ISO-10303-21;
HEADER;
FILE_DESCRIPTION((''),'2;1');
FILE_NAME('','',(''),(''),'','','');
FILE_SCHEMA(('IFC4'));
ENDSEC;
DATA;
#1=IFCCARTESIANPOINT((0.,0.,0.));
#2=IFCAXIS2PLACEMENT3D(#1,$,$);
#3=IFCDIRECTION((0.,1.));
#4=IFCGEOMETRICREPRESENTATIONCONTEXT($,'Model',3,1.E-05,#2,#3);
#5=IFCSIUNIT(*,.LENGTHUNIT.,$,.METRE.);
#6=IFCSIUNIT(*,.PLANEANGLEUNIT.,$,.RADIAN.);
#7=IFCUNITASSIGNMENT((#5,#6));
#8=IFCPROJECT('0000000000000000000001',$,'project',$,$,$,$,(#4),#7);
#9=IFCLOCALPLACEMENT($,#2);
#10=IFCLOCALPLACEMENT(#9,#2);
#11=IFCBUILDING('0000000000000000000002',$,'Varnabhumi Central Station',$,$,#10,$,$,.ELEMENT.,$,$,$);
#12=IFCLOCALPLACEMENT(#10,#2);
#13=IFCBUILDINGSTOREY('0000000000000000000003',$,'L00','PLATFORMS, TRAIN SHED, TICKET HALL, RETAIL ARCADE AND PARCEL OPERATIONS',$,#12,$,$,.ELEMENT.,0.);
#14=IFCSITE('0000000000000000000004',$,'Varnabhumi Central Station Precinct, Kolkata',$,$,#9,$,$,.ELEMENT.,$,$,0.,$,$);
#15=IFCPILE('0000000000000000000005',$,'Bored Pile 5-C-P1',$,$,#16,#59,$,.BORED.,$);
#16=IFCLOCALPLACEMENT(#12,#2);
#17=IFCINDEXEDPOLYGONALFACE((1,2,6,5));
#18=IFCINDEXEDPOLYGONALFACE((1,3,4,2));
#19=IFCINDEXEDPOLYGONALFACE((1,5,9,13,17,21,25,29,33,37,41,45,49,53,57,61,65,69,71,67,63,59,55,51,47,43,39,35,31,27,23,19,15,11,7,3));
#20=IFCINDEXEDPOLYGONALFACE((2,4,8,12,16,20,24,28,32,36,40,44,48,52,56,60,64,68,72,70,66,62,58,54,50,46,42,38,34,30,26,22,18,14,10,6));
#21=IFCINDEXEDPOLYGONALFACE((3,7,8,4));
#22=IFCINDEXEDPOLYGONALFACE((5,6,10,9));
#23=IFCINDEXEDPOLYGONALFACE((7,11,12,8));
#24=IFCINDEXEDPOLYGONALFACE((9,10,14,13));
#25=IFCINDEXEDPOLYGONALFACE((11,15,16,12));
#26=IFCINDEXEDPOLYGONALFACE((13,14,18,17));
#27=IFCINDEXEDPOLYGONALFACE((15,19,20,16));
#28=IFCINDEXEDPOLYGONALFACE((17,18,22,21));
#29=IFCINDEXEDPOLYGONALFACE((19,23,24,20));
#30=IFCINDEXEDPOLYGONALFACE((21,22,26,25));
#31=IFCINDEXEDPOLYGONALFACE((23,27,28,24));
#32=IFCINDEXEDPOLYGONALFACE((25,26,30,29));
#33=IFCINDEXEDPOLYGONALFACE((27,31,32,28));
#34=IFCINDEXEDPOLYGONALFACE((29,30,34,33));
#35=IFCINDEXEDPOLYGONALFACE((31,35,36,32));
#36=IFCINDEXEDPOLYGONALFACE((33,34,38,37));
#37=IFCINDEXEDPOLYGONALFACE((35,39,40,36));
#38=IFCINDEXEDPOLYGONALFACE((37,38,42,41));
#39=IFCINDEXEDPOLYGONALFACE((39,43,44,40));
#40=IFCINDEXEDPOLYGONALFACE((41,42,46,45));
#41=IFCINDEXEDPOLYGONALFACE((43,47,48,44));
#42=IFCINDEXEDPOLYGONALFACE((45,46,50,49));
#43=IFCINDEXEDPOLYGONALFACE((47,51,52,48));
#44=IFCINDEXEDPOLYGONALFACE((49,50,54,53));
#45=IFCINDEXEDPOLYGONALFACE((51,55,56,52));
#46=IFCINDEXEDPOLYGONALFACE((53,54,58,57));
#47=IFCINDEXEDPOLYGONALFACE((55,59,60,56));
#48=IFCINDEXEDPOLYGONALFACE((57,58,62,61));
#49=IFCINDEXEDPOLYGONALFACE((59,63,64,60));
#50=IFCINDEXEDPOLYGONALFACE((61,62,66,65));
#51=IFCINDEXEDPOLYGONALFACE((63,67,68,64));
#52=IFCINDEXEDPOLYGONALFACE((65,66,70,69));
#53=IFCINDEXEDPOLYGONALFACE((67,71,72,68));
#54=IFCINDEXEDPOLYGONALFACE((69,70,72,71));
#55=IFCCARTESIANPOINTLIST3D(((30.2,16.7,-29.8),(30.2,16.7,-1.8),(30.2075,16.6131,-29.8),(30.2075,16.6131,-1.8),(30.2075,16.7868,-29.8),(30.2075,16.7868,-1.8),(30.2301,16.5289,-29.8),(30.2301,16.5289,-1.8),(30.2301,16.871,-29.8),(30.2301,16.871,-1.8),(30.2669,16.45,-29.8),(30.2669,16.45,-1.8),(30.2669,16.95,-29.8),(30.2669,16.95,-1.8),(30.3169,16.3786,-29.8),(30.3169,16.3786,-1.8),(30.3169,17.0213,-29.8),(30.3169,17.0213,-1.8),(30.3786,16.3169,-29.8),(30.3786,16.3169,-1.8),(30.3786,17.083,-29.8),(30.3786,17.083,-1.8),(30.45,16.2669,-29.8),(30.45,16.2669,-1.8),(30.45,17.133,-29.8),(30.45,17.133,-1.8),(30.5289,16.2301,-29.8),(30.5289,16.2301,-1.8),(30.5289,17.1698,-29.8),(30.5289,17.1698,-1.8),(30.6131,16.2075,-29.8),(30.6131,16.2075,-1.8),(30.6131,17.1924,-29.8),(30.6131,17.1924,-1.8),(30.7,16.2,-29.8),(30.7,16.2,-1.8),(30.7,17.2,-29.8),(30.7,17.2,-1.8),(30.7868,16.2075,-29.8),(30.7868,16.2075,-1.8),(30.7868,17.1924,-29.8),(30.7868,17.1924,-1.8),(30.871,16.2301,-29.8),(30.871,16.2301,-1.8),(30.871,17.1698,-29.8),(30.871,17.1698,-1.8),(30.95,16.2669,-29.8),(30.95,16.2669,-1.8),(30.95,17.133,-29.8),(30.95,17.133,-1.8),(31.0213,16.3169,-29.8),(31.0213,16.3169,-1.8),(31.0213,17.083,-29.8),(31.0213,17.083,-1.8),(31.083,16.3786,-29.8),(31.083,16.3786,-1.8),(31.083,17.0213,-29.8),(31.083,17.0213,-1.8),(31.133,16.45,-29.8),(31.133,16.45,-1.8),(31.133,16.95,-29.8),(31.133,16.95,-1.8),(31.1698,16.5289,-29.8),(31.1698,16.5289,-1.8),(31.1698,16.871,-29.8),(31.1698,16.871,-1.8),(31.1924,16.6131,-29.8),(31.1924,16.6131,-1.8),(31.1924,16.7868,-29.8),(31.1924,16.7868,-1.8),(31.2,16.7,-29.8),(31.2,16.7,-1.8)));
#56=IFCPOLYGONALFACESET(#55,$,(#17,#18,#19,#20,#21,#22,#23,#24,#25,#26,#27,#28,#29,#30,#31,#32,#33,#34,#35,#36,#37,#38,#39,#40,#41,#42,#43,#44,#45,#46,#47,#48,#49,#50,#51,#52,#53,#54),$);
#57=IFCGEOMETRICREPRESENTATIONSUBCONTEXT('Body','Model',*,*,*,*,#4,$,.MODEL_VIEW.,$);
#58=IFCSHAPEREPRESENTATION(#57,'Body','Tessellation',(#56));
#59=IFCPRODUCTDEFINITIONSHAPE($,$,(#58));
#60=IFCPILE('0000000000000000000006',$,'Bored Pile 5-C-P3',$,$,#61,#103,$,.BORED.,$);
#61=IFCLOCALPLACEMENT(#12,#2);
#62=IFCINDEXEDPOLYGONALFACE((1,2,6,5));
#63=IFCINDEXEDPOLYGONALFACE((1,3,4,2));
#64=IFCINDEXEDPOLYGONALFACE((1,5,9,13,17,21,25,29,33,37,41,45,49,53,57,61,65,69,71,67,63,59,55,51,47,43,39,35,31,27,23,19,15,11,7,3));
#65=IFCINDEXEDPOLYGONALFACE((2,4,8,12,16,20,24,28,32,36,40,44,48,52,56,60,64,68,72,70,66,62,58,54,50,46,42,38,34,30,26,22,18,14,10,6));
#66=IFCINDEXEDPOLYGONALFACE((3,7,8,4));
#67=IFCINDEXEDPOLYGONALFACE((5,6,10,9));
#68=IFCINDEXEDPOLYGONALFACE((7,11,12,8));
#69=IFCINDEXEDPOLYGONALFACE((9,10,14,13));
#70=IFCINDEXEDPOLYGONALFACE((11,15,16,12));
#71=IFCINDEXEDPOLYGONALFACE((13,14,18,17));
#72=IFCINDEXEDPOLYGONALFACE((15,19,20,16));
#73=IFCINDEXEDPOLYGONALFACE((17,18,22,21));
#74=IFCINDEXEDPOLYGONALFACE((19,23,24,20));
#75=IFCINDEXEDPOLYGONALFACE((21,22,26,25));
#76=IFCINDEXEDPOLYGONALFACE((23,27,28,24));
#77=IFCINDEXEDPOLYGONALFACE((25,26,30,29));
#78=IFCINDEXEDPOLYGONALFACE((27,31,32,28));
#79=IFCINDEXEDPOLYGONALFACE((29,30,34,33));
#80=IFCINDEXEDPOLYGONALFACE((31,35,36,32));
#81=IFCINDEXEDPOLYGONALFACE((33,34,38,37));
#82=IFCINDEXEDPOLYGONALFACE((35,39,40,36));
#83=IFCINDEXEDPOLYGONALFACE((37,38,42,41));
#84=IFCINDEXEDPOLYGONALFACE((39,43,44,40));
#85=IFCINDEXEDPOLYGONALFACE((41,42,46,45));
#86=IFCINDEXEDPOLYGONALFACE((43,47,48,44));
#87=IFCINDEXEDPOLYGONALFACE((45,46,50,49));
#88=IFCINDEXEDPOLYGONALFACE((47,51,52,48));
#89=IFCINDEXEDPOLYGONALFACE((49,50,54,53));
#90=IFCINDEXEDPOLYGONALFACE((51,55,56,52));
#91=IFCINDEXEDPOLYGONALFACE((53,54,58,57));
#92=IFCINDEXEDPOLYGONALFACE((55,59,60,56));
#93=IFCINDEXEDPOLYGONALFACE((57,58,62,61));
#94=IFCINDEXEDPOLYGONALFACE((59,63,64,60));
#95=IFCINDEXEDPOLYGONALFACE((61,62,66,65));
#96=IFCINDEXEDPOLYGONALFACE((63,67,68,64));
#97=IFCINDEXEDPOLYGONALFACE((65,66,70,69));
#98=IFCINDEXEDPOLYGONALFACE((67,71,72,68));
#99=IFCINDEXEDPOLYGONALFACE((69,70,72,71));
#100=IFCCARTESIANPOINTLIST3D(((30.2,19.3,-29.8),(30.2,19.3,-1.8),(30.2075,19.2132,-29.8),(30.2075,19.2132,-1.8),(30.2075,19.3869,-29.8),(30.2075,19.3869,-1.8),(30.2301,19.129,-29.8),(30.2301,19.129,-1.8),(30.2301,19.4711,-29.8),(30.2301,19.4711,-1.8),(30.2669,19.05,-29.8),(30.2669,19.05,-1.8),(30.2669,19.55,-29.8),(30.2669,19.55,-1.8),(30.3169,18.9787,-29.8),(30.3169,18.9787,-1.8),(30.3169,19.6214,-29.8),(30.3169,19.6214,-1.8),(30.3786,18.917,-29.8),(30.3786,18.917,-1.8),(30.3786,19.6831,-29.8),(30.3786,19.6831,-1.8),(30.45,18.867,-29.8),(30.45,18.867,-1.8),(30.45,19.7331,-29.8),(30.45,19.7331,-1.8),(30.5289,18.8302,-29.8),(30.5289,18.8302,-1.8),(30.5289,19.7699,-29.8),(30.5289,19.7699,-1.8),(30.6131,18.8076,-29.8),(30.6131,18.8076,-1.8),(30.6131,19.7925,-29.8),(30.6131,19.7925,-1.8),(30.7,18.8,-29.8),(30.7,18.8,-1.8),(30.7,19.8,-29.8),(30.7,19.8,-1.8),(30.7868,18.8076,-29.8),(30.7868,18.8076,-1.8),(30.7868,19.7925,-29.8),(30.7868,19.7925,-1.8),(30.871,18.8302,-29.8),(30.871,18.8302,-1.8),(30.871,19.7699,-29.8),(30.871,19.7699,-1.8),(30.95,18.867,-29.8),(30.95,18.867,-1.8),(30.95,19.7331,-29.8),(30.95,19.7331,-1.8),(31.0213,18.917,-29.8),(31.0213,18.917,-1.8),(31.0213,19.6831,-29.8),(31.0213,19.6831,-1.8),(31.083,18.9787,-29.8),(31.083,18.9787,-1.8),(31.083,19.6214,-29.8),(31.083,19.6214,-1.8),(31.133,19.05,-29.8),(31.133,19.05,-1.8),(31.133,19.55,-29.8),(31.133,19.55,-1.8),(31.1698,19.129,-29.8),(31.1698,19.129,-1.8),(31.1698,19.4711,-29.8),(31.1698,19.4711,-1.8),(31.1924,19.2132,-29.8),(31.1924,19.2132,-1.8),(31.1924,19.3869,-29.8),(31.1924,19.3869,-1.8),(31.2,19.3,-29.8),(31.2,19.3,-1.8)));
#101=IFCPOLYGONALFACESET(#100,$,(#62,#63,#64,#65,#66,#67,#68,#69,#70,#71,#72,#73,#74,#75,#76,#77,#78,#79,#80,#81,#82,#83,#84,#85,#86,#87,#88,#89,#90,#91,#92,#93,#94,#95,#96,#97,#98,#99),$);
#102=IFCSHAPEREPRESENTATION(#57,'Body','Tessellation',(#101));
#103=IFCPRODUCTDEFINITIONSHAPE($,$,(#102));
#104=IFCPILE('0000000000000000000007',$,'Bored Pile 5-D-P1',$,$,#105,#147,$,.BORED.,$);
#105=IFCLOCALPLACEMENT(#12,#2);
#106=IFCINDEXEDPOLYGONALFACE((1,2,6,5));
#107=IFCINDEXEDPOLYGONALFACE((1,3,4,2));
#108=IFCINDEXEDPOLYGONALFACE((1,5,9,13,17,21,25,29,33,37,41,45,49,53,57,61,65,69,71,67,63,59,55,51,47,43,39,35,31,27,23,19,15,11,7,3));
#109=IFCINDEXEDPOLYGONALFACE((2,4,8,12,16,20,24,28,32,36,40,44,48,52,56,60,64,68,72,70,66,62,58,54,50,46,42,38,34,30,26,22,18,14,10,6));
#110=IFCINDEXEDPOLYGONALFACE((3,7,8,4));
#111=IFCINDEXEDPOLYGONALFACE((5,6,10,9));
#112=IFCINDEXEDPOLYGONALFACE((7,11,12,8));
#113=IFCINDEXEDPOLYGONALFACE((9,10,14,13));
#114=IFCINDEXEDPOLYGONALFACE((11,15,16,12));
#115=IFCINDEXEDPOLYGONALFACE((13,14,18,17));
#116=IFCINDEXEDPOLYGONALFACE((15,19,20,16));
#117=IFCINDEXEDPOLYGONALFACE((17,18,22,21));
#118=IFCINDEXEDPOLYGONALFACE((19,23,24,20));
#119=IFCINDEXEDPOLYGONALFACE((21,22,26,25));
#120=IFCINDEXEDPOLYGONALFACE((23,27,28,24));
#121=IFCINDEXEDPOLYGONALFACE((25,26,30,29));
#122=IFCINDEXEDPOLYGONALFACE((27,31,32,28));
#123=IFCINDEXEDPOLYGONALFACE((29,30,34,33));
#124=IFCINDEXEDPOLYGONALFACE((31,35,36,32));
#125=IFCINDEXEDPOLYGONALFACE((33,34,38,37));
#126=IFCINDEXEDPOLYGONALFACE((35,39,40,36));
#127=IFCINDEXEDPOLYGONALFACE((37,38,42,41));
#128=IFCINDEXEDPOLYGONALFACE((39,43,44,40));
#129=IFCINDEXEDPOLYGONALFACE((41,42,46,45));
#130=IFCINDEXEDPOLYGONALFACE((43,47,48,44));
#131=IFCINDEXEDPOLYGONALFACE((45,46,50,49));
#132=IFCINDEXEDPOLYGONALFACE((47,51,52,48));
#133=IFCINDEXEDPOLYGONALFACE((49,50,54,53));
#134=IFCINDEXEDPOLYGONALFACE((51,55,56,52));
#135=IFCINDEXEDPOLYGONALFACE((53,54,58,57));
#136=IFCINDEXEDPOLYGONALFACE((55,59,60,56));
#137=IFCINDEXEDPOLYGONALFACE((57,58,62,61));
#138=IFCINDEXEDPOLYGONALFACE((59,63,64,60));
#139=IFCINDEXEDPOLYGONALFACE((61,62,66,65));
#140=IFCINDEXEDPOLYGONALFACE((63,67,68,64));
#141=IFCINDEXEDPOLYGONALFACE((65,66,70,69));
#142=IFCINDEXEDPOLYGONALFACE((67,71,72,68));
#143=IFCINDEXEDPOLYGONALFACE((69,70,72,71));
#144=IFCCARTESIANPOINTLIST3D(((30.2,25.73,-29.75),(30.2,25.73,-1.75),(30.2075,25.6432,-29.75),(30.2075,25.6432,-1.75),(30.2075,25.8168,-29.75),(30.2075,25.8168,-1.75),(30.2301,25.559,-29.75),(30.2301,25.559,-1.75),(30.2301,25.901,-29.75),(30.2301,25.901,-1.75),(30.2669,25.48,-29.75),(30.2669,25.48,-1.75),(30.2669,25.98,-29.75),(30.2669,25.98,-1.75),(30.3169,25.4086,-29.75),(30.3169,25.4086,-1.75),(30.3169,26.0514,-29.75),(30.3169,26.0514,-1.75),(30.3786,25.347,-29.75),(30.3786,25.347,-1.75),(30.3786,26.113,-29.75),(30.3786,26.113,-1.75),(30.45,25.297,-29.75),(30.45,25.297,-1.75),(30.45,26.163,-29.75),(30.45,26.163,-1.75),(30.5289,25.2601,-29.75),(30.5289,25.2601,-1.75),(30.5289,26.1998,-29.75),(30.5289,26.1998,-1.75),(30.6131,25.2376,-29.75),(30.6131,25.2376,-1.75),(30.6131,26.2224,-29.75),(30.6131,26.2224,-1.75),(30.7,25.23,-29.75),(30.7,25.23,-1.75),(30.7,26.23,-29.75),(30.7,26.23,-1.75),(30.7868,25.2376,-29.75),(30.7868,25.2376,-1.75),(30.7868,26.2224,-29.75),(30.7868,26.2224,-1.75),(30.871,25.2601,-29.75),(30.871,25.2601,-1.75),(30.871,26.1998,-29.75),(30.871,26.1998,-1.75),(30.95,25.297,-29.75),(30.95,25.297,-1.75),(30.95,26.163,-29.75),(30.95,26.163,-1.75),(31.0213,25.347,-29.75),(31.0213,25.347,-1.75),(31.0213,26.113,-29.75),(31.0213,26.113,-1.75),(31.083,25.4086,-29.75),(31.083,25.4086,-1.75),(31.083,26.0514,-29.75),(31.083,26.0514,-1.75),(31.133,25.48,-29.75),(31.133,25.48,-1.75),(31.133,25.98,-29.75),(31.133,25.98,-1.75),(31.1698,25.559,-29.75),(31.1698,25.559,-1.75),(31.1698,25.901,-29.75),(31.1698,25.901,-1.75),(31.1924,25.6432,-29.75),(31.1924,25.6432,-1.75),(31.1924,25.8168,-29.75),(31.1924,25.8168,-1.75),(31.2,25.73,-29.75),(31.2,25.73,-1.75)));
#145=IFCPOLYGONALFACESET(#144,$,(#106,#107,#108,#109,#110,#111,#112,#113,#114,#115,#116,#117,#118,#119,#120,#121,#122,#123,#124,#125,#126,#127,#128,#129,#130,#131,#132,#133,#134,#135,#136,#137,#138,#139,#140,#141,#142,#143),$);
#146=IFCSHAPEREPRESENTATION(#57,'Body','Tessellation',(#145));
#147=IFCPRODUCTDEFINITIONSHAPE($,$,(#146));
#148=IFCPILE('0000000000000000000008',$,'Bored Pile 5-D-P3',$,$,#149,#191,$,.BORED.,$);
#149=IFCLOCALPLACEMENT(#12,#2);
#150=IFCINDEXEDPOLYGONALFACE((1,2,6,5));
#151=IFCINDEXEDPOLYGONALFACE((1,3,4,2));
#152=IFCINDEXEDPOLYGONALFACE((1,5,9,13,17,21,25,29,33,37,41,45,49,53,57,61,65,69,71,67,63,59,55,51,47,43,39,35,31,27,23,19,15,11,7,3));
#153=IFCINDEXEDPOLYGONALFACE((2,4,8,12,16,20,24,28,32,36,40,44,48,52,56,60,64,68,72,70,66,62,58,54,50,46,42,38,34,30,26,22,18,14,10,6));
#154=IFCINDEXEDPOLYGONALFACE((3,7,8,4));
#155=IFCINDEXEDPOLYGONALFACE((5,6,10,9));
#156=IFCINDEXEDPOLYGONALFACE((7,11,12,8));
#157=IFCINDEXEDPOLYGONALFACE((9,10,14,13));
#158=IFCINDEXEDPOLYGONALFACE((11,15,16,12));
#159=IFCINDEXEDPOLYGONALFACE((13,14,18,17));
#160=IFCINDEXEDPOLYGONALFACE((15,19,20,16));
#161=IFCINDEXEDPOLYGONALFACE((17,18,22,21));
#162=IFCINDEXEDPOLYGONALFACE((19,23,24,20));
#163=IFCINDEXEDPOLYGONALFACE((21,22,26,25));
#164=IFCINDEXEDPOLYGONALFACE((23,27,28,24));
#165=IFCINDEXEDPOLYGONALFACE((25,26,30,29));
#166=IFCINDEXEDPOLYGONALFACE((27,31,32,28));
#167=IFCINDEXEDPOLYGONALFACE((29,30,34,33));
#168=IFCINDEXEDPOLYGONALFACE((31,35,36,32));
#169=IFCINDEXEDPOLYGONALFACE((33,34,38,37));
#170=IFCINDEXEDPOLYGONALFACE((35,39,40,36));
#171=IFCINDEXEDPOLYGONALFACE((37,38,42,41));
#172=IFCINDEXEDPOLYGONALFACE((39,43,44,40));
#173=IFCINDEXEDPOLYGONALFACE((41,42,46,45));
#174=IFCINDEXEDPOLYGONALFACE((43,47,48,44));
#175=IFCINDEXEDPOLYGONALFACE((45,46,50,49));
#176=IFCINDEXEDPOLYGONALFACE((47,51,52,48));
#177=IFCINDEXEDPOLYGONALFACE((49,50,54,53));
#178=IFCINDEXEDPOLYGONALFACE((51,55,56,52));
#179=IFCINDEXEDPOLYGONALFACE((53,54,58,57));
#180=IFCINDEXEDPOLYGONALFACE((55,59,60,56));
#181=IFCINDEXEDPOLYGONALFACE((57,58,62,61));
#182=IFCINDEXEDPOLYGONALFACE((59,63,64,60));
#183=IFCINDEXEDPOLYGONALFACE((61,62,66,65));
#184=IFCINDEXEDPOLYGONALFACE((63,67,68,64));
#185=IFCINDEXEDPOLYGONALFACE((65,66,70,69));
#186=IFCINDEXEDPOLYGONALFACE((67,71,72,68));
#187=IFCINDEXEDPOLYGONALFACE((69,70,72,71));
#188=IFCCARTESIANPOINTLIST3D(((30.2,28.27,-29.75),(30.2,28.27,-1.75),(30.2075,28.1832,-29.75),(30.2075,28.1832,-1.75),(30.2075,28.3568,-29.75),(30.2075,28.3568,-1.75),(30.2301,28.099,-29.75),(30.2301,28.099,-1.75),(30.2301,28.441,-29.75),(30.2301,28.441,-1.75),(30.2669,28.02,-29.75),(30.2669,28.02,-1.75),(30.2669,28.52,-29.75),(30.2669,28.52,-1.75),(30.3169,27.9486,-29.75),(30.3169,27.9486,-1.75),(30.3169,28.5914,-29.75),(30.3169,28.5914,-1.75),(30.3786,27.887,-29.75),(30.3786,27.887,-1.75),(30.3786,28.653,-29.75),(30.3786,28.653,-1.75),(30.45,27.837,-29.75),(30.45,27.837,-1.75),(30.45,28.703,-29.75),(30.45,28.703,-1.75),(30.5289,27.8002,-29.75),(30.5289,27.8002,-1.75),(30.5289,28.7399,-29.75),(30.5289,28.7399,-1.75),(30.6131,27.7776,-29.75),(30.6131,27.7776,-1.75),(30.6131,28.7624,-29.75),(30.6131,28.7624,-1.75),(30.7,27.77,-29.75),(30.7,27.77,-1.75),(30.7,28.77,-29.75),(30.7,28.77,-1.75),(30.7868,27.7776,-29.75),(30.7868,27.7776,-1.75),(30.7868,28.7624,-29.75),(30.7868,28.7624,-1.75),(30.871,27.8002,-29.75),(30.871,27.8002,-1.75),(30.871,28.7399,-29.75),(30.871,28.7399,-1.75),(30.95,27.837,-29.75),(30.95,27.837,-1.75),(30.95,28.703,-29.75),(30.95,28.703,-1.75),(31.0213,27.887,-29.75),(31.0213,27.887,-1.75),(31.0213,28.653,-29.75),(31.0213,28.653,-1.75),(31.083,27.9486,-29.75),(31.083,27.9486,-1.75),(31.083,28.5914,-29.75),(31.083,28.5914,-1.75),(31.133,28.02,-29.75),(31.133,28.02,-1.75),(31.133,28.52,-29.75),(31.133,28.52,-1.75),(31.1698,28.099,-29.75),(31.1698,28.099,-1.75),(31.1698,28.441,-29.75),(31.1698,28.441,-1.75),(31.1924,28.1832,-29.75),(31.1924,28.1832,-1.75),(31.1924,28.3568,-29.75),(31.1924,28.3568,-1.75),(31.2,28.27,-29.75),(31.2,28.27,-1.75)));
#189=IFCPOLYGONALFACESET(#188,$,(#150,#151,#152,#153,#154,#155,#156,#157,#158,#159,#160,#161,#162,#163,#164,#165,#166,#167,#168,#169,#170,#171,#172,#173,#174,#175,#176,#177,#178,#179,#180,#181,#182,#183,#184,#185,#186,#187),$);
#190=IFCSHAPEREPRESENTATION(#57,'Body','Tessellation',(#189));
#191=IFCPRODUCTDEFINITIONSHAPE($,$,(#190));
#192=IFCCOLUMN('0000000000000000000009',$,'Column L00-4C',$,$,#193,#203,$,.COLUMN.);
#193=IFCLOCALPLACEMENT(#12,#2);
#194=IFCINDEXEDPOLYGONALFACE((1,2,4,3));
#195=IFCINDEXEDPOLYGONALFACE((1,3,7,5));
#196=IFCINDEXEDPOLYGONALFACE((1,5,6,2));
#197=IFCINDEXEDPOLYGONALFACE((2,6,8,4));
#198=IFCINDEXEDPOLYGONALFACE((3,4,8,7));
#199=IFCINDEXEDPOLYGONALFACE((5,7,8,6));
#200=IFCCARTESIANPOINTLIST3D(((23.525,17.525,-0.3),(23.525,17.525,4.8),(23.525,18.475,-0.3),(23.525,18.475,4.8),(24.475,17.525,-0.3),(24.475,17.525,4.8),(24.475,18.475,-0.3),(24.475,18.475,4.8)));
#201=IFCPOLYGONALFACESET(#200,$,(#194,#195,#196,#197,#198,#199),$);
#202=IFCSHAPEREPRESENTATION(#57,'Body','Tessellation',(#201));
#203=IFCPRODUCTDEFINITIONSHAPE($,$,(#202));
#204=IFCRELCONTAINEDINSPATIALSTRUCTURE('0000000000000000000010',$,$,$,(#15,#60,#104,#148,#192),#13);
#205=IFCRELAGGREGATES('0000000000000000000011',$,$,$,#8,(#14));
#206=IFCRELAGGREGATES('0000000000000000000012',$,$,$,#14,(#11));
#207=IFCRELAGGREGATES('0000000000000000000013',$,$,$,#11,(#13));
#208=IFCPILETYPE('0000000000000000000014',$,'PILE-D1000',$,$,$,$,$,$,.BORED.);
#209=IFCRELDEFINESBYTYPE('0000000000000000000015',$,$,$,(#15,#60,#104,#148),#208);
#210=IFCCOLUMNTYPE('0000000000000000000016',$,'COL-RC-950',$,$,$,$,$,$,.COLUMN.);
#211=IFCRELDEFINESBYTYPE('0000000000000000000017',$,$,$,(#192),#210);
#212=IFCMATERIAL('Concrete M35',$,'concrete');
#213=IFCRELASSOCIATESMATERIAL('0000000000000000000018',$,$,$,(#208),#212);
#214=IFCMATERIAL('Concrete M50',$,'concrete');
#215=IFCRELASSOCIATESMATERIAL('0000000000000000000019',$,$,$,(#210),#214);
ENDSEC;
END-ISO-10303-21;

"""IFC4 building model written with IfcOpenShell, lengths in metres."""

from ifc_helpers import new_model, si_unit, direction, frame, origin, origin_2d, place, context, subcontext, project, spatial, rectangle, circle, extrude, material, material_profile, profile_set, type_object, element, save


model = new_model("IFC4")

# Units and contexts
model_context = context("Model", 3, precision=1e-05, world=origin(), true_north=direction((0.0, 1.0)))
body_context = subcontext(model_context, "Body", "Model", "MODEL_VIEW")
ifc_project = project(units=[si_unit("LENGTHUNIT", "METRE"), si_unit("PLANEANGLEUNIT", "RADIAN")], contexts=[model_context])

# Site, building, storey
site_placement = place(None, origin())
site = spatial("IfcSite", under=ifc_project, at=site_placement, Name="Varnabhumi Central Station Precinct, Kolkata", CompositionType="ELEMENT", RefElevation=0.0)
building_placement = place(site_placement, origin())
building = spatial("IfcBuilding", under=site, at=building_placement, Name="Varnabhumi Central Station", CompositionType="ELEMENT")
storey_placement = place(building_placement, origin())
storey = spatial("IfcBuildingStorey", under=building, at=storey_placement, Name="L00", Description="PLATFORMS, TRAIN SHED, TICKET HALL, RETAIL ARCADE AND PARCEL OPERATIONS", CompositionType="ELEMENT", Elevation=0.0)

# Piles
ifc_material_1 = material(Name="Concrete M35", Category="concrete")
ifc_material_profile_1 = material_profile(ifc_material_1, circle(Radius=0.5, at=origin_2d()), Name="Concrete M35", Category="concrete")
ifc_profile_set_1 = profile_set([ifc_material_profile_1], Name="Concrete M35")
pile_type = type_object("IfcPileType", Name="PILE-D1000", PredefinedType="BORED", material=ifc_profile_set_1)
for number, where, z_axis, x_axis, name in (
    (1, (30.7, 16.7, -1.8), (0.0, 0.0, -1.0), (1.0, 0.0, 0.0), "Bored Pile 5-C-P1"),
    (2, (30.7, 19.3, -1.8), (0.0, 0.0, -1.0), (1.0, 0.0, 0.0), "Bored Pile 5-C-P3"),
    (3, (30.7, 25.73, -1.75), (0.0, 0.0, -1.0), (1.0, 0.0, 0.0), "Bored Pile 5-D-P1"),
    (4, (30.7, 28.27, -1.75), (0.0, 0.0, -1.0), (1.0, 0.0, 0.0), "Bored Pile 5-D-P3"),
):
    element("IfcPile", number, at=place(storey_placement, frame(where, z_axis=z_axis, x_axis=x_axis)), inside=storey, type_object=pile_type, Name=name, PredefinedType="BORED", context=body_context, shape_type="SweptSolid", body=[
        extrude(circle(Radius=0.5, at=origin_2d()), origin(), (0.0, 0.0, 1.0), 28.0),
    ])

# Column
ifc_material_2 = material(Name="Concrete M50", Category="concrete")
ifc_material_profile_2 = material_profile(ifc_material_2, rectangle(XDim=0.95, YDim=0.95, at=origin_2d()), Name="Concrete M50", Category="concrete")
ifc_profile_set_2 = profile_set([ifc_material_profile_2], Name="Concrete M50")
column_type = type_object("IfcColumnType", Name="COL-RC-950", PredefinedType="COLUMN", material=ifc_profile_set_2)
for number, where, z_axis, x_axis, name in (
    (5, (24.0, 18.0, -0.3), (0.0, 0.0, 1.0), (1.0, 0.0, 0.0), "Column L00-4C"),
):
    element("IfcColumn", number, at=place(storey_placement, frame(where, z_axis=z_axis, x_axis=x_axis)), inside=storey, type_object=column_type, Name=name, PredefinedType="COLUMN", context=body_context, shape_type="SweptSolid", body=[
        extrude(rectangle(XDim=0.95, YDim=0.95, at=origin_2d()), origin(), (0.0, 0.0, 1.0), 5.1001),
    ])

save(model, "model.ifc")
